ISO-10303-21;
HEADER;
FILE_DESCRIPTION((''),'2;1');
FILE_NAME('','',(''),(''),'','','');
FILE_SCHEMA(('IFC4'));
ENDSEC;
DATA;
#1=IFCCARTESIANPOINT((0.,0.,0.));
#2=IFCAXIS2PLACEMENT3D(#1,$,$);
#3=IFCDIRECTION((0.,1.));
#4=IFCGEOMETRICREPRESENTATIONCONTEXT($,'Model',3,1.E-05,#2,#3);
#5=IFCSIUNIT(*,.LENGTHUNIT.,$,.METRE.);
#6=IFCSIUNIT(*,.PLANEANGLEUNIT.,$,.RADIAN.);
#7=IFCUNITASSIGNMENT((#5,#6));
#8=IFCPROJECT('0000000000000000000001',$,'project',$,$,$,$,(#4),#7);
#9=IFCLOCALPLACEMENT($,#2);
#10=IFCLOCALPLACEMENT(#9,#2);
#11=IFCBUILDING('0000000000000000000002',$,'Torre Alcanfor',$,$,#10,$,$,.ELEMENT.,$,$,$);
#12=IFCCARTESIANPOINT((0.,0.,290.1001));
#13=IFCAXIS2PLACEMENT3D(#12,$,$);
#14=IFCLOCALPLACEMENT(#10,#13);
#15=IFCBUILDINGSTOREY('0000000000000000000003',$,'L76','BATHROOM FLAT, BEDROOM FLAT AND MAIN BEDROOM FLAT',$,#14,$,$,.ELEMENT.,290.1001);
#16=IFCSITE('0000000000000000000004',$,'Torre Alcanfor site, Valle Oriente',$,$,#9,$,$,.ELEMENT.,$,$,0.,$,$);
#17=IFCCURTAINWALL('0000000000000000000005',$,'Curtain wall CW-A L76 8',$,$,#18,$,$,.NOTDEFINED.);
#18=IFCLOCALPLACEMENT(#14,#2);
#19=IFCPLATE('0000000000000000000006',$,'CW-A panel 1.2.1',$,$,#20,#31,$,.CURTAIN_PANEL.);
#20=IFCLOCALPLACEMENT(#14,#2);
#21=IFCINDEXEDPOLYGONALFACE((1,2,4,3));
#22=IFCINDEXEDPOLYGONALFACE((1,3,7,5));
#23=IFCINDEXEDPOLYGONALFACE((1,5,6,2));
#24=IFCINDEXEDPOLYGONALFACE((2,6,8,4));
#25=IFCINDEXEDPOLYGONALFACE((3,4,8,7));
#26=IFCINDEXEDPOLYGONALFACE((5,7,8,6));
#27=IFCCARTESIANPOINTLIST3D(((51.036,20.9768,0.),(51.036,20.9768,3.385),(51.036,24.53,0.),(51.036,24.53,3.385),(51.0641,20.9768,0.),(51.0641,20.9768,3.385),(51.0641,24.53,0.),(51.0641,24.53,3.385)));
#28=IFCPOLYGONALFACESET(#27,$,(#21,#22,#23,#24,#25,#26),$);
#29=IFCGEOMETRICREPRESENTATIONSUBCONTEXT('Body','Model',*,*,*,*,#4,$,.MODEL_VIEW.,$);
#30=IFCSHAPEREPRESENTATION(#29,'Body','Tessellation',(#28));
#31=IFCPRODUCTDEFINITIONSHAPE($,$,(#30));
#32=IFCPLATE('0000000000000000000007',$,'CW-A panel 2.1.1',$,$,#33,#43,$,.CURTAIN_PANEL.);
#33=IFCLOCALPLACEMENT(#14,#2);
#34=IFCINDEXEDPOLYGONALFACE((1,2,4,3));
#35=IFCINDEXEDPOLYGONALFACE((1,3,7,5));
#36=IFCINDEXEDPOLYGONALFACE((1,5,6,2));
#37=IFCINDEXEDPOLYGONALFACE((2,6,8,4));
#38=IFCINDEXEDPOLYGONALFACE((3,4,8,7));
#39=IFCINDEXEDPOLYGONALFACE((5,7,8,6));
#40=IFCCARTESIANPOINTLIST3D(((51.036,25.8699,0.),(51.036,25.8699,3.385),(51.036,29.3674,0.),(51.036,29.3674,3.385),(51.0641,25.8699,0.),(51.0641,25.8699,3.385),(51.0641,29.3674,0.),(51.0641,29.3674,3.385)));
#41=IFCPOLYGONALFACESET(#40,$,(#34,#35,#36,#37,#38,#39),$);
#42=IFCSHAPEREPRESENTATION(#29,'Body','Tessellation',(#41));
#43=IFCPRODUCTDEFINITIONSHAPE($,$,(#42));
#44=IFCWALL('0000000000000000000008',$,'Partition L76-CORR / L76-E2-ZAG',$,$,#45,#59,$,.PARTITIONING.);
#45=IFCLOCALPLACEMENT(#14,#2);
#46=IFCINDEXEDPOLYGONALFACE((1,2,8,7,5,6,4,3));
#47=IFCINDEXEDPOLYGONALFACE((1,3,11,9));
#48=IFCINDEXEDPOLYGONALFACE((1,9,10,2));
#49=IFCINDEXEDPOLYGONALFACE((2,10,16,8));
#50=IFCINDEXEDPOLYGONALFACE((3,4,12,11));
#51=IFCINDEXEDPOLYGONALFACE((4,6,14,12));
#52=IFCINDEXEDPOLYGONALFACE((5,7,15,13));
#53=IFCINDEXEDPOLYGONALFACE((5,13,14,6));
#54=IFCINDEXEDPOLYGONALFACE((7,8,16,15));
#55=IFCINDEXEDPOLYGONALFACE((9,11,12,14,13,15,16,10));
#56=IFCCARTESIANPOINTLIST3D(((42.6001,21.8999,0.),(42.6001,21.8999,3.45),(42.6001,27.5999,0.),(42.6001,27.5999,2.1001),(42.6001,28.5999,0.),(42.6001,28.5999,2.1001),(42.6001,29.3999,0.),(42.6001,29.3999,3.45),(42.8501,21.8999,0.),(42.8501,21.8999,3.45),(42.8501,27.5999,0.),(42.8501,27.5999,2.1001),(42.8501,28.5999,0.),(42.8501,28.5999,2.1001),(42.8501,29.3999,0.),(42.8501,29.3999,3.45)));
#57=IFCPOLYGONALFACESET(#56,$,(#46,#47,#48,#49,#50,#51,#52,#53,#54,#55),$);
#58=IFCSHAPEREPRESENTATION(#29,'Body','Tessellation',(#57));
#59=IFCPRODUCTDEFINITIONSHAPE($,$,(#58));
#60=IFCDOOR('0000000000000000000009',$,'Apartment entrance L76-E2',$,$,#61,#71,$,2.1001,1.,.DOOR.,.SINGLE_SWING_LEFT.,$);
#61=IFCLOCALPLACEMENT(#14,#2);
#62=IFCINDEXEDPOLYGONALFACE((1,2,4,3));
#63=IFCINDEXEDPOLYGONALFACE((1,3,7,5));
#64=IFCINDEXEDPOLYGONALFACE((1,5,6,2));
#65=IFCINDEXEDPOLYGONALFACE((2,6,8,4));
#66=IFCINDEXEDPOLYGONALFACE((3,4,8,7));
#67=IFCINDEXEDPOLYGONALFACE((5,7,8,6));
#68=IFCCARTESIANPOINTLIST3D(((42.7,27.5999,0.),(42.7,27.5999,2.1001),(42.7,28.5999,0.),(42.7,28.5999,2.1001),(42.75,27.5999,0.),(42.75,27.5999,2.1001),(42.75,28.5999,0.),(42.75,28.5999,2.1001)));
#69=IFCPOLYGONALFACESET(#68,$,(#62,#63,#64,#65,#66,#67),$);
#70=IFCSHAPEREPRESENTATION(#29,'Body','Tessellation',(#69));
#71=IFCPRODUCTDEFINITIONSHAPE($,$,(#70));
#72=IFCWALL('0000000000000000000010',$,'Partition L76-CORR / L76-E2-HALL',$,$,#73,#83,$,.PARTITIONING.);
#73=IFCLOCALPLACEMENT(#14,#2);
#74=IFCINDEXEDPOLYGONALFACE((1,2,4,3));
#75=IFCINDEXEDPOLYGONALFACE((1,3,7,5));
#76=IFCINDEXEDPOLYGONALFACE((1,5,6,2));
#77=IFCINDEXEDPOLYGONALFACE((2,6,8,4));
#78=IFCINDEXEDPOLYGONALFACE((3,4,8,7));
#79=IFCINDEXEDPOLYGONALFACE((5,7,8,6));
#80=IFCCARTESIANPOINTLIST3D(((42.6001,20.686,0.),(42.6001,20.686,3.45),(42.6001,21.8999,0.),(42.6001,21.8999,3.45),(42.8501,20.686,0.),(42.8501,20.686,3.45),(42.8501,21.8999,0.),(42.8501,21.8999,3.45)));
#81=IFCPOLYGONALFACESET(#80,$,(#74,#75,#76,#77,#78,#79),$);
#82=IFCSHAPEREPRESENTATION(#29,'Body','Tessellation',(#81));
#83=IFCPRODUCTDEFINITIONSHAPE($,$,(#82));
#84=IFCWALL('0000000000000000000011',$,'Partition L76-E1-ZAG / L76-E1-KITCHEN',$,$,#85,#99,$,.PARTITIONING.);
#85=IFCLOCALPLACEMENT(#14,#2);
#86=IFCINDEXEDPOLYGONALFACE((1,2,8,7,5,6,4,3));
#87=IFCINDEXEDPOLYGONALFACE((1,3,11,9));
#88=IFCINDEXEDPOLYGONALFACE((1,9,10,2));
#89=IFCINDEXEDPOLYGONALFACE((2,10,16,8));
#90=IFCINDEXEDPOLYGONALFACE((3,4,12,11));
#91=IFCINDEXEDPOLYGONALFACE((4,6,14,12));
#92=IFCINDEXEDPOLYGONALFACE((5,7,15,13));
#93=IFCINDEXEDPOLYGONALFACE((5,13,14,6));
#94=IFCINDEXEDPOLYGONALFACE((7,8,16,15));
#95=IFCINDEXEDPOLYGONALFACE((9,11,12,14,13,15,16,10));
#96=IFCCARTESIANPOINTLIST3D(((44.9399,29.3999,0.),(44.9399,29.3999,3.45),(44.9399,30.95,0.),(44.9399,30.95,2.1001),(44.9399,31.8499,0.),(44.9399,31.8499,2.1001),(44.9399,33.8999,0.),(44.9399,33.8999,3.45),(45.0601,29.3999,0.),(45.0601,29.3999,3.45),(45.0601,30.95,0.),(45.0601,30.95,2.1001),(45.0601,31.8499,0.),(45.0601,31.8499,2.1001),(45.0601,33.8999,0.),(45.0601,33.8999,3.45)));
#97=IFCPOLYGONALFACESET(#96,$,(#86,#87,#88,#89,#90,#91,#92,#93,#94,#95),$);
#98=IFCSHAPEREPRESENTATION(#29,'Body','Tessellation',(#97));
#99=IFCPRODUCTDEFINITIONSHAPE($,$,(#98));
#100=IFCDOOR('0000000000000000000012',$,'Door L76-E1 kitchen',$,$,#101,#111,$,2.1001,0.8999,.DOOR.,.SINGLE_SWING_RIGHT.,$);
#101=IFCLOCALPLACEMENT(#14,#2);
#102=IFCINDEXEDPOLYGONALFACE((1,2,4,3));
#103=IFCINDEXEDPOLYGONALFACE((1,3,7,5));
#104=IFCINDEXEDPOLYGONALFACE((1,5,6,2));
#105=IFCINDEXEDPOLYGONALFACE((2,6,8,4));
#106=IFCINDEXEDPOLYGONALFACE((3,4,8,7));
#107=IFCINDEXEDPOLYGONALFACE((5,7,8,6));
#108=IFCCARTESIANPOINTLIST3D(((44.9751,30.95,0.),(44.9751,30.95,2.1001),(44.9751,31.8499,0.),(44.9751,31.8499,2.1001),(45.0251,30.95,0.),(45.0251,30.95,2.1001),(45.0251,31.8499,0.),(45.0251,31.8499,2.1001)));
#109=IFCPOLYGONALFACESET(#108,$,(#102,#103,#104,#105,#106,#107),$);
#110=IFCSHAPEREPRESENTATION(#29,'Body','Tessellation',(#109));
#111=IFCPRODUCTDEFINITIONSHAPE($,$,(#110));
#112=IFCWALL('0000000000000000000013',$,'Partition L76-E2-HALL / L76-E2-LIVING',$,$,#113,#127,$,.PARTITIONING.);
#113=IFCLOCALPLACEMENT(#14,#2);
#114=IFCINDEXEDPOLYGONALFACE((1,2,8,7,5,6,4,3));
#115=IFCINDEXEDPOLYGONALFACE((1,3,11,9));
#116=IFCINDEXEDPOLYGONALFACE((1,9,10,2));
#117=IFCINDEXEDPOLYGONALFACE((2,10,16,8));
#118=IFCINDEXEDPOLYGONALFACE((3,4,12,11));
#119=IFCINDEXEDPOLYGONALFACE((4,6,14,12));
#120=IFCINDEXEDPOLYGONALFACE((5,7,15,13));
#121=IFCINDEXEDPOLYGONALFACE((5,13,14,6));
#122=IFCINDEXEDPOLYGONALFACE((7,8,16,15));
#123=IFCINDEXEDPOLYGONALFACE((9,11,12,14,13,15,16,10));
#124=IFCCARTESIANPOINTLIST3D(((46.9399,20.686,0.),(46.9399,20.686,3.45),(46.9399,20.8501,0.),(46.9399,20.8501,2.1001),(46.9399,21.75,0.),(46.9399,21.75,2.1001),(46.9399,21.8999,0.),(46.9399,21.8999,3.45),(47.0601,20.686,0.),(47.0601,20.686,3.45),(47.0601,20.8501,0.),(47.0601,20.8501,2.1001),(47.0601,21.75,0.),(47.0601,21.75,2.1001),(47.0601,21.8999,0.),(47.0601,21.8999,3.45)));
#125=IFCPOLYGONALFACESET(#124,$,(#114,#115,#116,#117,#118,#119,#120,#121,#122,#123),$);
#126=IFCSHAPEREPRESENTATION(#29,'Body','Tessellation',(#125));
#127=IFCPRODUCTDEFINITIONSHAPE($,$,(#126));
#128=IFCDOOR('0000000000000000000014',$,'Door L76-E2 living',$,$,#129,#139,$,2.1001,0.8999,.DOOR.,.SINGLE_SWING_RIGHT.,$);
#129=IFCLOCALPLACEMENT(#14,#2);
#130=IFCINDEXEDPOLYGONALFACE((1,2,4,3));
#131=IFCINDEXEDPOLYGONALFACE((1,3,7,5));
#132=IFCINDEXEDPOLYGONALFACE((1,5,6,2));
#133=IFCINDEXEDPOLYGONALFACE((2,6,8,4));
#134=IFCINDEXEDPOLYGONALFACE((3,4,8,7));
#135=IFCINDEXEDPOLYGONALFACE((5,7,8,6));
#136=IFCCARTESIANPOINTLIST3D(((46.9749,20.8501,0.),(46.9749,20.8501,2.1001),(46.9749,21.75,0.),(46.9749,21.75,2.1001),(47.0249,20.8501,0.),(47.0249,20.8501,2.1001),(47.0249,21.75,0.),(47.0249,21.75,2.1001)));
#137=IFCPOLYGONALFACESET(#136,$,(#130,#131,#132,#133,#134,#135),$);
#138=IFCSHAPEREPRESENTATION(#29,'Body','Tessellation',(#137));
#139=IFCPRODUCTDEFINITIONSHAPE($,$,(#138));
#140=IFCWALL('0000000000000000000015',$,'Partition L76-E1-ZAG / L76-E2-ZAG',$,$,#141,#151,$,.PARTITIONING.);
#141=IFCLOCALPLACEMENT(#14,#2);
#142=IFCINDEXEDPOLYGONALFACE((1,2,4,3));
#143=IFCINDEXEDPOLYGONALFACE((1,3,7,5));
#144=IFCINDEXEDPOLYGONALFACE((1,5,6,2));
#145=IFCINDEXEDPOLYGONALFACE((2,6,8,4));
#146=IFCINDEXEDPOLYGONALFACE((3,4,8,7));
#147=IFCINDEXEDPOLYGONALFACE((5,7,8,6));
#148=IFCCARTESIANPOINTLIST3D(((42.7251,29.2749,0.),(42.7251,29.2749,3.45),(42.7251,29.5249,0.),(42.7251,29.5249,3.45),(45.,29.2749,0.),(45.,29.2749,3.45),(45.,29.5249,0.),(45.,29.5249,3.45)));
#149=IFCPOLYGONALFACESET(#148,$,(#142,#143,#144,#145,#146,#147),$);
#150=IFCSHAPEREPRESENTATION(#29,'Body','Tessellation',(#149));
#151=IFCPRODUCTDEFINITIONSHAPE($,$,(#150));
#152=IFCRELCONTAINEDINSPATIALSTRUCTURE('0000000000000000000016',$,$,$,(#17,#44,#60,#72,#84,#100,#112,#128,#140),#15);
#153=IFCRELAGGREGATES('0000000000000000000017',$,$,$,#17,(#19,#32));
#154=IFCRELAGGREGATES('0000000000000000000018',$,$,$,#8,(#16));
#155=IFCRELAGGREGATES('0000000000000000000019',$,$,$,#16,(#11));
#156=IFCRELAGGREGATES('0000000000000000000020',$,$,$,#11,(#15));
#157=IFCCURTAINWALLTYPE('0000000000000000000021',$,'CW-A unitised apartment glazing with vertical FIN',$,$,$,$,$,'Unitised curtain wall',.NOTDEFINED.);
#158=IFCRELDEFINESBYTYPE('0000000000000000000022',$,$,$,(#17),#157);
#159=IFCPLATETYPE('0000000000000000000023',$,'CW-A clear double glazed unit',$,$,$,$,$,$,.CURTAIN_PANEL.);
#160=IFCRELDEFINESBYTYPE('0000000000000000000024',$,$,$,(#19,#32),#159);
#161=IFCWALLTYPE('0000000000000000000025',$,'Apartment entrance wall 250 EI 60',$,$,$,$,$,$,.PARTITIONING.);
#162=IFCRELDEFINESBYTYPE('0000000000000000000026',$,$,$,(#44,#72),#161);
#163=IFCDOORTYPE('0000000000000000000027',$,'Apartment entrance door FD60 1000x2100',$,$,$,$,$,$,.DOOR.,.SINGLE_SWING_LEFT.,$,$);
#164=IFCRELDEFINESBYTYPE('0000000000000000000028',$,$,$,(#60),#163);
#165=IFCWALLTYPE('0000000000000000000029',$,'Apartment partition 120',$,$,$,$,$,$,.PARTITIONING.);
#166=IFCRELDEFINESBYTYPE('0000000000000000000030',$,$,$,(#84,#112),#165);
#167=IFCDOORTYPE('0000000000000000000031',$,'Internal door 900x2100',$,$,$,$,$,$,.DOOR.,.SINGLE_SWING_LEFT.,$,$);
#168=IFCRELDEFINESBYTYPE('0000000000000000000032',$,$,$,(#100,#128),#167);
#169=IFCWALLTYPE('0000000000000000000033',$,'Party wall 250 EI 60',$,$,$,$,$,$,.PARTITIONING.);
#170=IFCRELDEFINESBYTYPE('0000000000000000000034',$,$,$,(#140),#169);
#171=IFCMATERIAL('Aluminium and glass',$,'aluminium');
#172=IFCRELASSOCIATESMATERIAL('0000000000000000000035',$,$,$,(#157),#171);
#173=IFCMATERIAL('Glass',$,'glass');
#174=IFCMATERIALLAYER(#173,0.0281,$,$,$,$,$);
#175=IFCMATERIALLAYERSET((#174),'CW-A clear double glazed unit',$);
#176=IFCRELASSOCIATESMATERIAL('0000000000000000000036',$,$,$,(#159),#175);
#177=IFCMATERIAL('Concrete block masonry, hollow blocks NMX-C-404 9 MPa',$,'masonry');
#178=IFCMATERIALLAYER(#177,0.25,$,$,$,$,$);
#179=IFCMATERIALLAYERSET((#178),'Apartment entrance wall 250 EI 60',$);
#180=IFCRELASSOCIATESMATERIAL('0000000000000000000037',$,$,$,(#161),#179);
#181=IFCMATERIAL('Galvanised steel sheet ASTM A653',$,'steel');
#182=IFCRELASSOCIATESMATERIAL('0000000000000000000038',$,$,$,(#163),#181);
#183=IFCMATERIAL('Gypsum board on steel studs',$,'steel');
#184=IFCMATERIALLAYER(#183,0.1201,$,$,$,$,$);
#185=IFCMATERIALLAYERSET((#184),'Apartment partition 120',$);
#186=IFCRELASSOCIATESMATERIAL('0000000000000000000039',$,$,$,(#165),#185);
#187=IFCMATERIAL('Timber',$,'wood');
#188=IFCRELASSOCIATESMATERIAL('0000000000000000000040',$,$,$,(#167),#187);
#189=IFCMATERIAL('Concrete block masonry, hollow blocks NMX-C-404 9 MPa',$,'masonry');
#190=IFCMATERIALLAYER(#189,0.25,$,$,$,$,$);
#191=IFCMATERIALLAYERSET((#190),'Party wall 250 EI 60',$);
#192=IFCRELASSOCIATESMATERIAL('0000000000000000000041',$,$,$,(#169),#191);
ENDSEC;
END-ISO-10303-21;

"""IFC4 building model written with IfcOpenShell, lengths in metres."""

from ifc_helpers import new_model, si_unit, direction, frame, frame_2d, origin, origin_2d, place, context, subcontext, project, spatial, rectangle, extrude, material, layer, layer_set, type_object, element, fill, aggregate, save


model = new_model("IFC4")

# Units and contexts
model_context = context("Model", 3, precision=1e-05, world=origin(), true_north=direction((0.0, 1.0)))
body_context = subcontext(model_context, "Body", "Model", "MODEL_VIEW")
ifc_project = project(units=[si_unit("LENGTHUNIT", "METRE"), si_unit("PLANEANGLEUNIT", "RADIAN")], contexts=[model_context])

# Site, building, storey
site_placement = place(None, origin())
site = spatial("IfcSite", under=ifc_project, at=site_placement, Name="Torre Alcanfor site, Valle Oriente", CompositionType="ELEMENT", RefElevation=0.0)
building_placement = place(site_placement, origin())
building = spatial("IfcBuilding", under=site, at=building_placement, Name="Torre Alcanfor", CompositionType="ELEMENT")
storey_placement = place(building_placement, frame((0.0, 0.0, 290.1001)))
storey = spatial("IfcBuildingStorey", under=building, at=storey_placement, Name="L76", Description="BATHROOM FLAT, BEDROOM FLAT AND MAIN BEDROOM FLAT", CompositionType="ELEMENT", Elevation=290.1001)

# Curtain wall
ifc_material_1 = material(Name="Aluminium and glass", Category="aluminium")
curtain_wall_type = type_object("IfcCurtainWallType", Name="CW-A unitised apartment glazing with vertical FIN", ElementType="Unitised curtain wall", PredefinedType="NOTDEFINED", material=ifc_material_1)
curtain_wall_placement = place(storey_placement, origin())
curtain_wall = element("IfcCurtainWall", 1, at=curtain_wall_placement, inside=storey, type_object=curtain_wall_type, Name="Curtain wall CW-A L76 8", PredefinedType="NOTDEFINED")

# Plates
ifc_material_2 = material(Name="Glass", Category="glass")
ifc_layer_1 = layer(ifc_material_2, 0.0281)
ifc_layer_set_1 = layer_set([ifc_layer_1], Name="CW-A clear double glazed unit")
plate_type = type_object("IfcPlateType", Name="CW-A clear double glazed unit", PredefinedType="CURTAIN_PANEL", material=ifc_layer_set_1)
plate_1_placement = place(storey_placement, frame((51.05, 22.7534, 0.0), z_axis=(0.0, 0.0, 1.0), x_axis=(0.0, 1.0, 0.0)))
plate_1 = element("IfcPlate", 2, at=plate_1_placement, type_object=plate_type, Name="CW-A panel 1.2.1", PredefinedType="CURTAIN_PANEL", context=body_context, shape_type="SweptSolid", body=[
    extrude(rectangle(XDim=3.5532, YDim=0.0281, at=origin_2d()), origin(), (0.0, 0.0, 1.0), 3.385),
])
plate_2_placement = place(storey_placement, frame((51.05, 27.6187, 0.0), z_axis=(0.0, 0.0, 1.0), x_axis=(0.0, 1.0, 0.0)))
plate_2 = element("IfcPlate", 3, at=plate_2_placement, type_object=plate_type, Name="CW-A panel 2.1.1", PredefinedType="CURTAIN_PANEL", context=body_context, shape_type="SweptSolid", body=[
    extrude(rectangle(XDim=3.4976, YDim=0.0281, at=origin_2d()), origin(), (0.0, 0.0, 1.0), 3.385),
])
aggregate(curtain_wall, [plate_1, plate_2])

# Wall, opening, door
ifc_material_3 = material(Name="Concrete block masonry, hollow blocks NMX-C-404 9 MPa", Category="masonry")
ifc_layer_2 = layer(ifc_material_3, 0.25)
ifc_layer_set_2 = layer_set([ifc_layer_2], Name="Apartment entrance wall 250 EI 60")
wall_type_1 = type_object("IfcWallType", Name="Apartment entrance wall 250 EI 60", PredefinedType="PARTITIONING", material=ifc_layer_set_2)
wall_1_placement = place(storey_placement, frame((42.7251, 29.3999, 0.0), z_axis=(0.0, 0.0, 1.0), x_axis=(0.0, -1.0, 0.0)))
wall_1 = element("IfcWall", 4, at=wall_1_placement, inside=storey, type_object=wall_type_1, Name="Partition L76-CORR / L76-E2-ZAG", PredefinedType="PARTITIONING", context=body_context, shape_type="SweptSolid", body=[
    extrude(rectangle(XDim=7.5, YDim=0.25, at=frame_2d((3.75, 0.0))), origin(), (0.0, 0.0, 1.0), 3.45),
])
opening_1_placement = place(wall_1_placement, frame((0.8, 0.0, 0.0)))
opening_1 = element("IfcOpeningElement", 5, at=opening_1_placement, cuts=wall_1, PredefinedType="OPENING", context=body_context, shape_type="SweptSolid", body=[
    extrude(rectangle(XDim=1.0, YDim=2.1001, at=frame_2d((0.5, 1.05))), frame((0.0, 0.135, 0.0), z_axis=(0.0, -1.0, 0.0), x_axis=(1.0, 0.0, 0.0)), (0.0, 0.0, 1.0), 0.27),
])
ifc_material_4 = material(Name="Galvanised steel sheet ASTM A653", Category="steel")
door_type_1 = type_object("IfcDoorType", Name="Apartment entrance door FD60 1000x2100", OperationType="SINGLE_SWING_LEFT", PredefinedType="DOOR", material=ifc_material_4)
door_1_placement = place(opening_1_placement, origin())
door_1 = element("IfcDoor", 6, at=door_1_placement, inside=storey, type_object=door_type_1, Name="Apartment entrance L76-E2", OperationType="SINGLE_SWING_LEFT", OverallHeight=2.1001, OverallWidth=1.0, PredefinedType="DOOR", context=body_context, shape_type="SweptSolid", body=[
    extrude(rectangle(XDim=1.0, YDim=2.1001, at=frame_2d((0.5, 1.05))), frame((0.0, 0.0249, 0.0), z_axis=(0.0, -1.0, 0.0), x_axis=(1.0, 0.0, 0.0)), (0.0, 0.0, 1.0), 0.05),
])
fill(opening_1, door_1)

# Wall
wall_2_placement = place(storey_placement, frame((42.7251, 21.8999, 0.0), z_axis=(0.0, 0.0, 1.0), x_axis=(0.0, -1.0, 0.0)))
element("IfcWall", 7, at=wall_2_placement, inside=storey, type_object=wall_type_1, Name="Partition L76-CORR / L76-E2-HALL", PredefinedType="PARTITIONING", context=body_context, shape_type="SweptSolid", body=[
    extrude(rectangle(XDim=1.2139, YDim=0.25, at=frame_2d((0.6069, 0.0))), origin(), (0.0, 0.0, 1.0), 3.45),
])

# Walls, openings, doors
ifc_material_5 = material(Name="Gypsum board on steel studs", Category="steel")
ifc_layer_3 = layer(ifc_material_5, 0.1201)
ifc_layer_set_3 = layer_set([ifc_layer_3], Name="Apartment partition 120")
wall_type_2 = type_object("IfcWallType", Name="Apartment partition 120", PredefinedType="PARTITIONING", material=ifc_layer_set_3)
wall_3_placement = place(storey_placement, frame((45.0, 29.3999, 0.0), z_axis=(0.0, 0.0, 1.0), x_axis=(0.0, 1.0, 0.0)))
wall_3 = element("IfcWall", 8, at=wall_3_placement, inside=storey, type_object=wall_type_2, Name="Partition L76-E1-ZAG / L76-E1-KITCHEN", PredefinedType="PARTITIONING", context=body_context, shape_type="SweptSolid", body=[
    extrude(rectangle(XDim=4.5, YDim=0.1201, at=frame_2d((2.25, 0.0))), origin(), (0.0, 0.0, 1.0), 3.45),
])
opening_2_placement = place(wall_3_placement, frame((1.55, 0.0, 0.0)))
opening_2 = element("IfcOpeningElement", 9, at=opening_2_placement, cuts=wall_3, PredefinedType="OPENING", context=body_context, shape_type="SweptSolid", body=[
    extrude(rectangle(XDim=0.8999, YDim=2.1001, at=frame_2d((0.45, 1.05))), frame((0.0, 0.0701, 0.0), z_axis=(0.0, -1.0, 0.0), x_axis=(1.0, 0.0, 0.0)), (0.0, 0.0, 1.0), 0.1401),
])
ifc_material_6 = material(Name="Timber", Category="wood")
door_type_2 = type_object("IfcDoorType", Name="Internal door 900x2100", OperationType="SINGLE_SWING_LEFT", PredefinedType="DOOR", material=ifc_material_6)
door_2_placement = place(opening_2_placement, frame((0.8999, 0.0, 0.0), z_axis=(0.0, 0.0, 1.0), x_axis=(-1.0, 0.0, 0.0)))
door_2 = element("IfcDoor", 10, at=door_2_placement, inside=storey, type_object=door_type_2, Name="Door L76-E1 kitchen", OperationType="SINGLE_SWING_RIGHT", OverallHeight=2.1001, OverallWidth=0.8999, PredefinedType="DOOR", context=body_context, shape_type="SweptSolid", body=[
    extrude(rectangle(XDim=0.8999, YDim=2.1001, at=frame_2d((0.45, 1.05))), frame((0.0, 0.0251, 0.0), z_axis=(0.0, -1.0, 0.0), x_axis=(1.0, 0.0, 0.0)), (0.0, 0.0, 1.0), 0.05),
])
fill(opening_2, door_2)
wall_4_placement = place(storey_placement, frame((47.0, 21.8999, 0.0), z_axis=(0.0, 0.0, 1.0), x_axis=(0.0, -1.0, 0.0)))
wall_4 = element("IfcWall", 11, at=wall_4_placement, inside=storey, type_object=wall_type_2, Name="Partition L76-E2-HALL / L76-E2-LIVING", PredefinedType="PARTITIONING", context=body_context, shape_type="SweptSolid", body=[
    extrude(rectangle(XDim=1.2139, YDim=0.1201, at=frame_2d((0.6069, 0.0))), origin(), (0.0, 0.0, 1.0), 3.45),
])
opening_3_placement = place(wall_4_placement, frame((0.1499, 0.0, 0.0)))
opening_3 = element("IfcOpeningElement", 12, at=opening_3_placement, cuts=wall_4, PredefinedType="OPENING", context=body_context, shape_type="SweptSolid", body=[
    extrude(rectangle(XDim=0.8999, YDim=2.1001, at=frame_2d((0.45, 1.05))), frame((0.0, 0.0701, 0.0), z_axis=(0.0, -1.0, 0.0), x_axis=(1.0, 0.0, 0.0)), (0.0, 0.0, 1.0), 0.1401),
])
door_3_placement = place(opening_3_placement, origin())
door_3 = element("IfcDoor", 13, at=door_3_placement, inside=storey, type_object=door_type_2, Name="Door L76-E2 living", OperationType="SINGLE_SWING_RIGHT", OverallHeight=2.1001, OverallWidth=0.8999, PredefinedType="DOOR", context=body_context, shape_type="SweptSolid", body=[
    extrude(rectangle(XDim=0.8999, YDim=2.1001, at=frame_2d((0.45, 1.05))), frame((0.0, 0.0249, 0.0), z_axis=(0.0, -1.0, 0.0), x_axis=(1.0, 0.0, 0.0)), (0.0, 0.0, 1.0), 0.05),
])
fill(opening_3, door_3)

# Wall
ifc_material_7 = material(Name="Concrete block masonry, hollow blocks NMX-C-404 9 MPa", Category="masonry")
ifc_layer_4 = layer(ifc_material_7, 0.25)
ifc_layer_set_4 = layer_set([ifc_layer_4], Name="Party wall 250 EI 60")
wall_type_3 = type_object("IfcWallType", Name="Party wall 250 EI 60", PredefinedType="PARTITIONING", material=ifc_layer_set_4)
wall_5_placement = place(storey_placement, frame((42.7251, 29.3999, 0.0), z_axis=(0.0, 0.0, 1.0), x_axis=(1.0, 0.0, 0.0)))
element("IfcWall", 14, at=wall_5_placement, inside=storey, type_object=wall_type_3, Name="Partition L76-E1-ZAG / L76-E2-ZAG", PredefinedType="PARTITIONING", context=body_context, shape_type="SweptSolid", body=[
    extrude(rectangle(XDim=2.2749, YDim=0.25, at=frame_2d((1.1375, 0.0))), origin(), (0.0, 0.0, 1.0), 3.45),
])

save(model, "model.ifc")
